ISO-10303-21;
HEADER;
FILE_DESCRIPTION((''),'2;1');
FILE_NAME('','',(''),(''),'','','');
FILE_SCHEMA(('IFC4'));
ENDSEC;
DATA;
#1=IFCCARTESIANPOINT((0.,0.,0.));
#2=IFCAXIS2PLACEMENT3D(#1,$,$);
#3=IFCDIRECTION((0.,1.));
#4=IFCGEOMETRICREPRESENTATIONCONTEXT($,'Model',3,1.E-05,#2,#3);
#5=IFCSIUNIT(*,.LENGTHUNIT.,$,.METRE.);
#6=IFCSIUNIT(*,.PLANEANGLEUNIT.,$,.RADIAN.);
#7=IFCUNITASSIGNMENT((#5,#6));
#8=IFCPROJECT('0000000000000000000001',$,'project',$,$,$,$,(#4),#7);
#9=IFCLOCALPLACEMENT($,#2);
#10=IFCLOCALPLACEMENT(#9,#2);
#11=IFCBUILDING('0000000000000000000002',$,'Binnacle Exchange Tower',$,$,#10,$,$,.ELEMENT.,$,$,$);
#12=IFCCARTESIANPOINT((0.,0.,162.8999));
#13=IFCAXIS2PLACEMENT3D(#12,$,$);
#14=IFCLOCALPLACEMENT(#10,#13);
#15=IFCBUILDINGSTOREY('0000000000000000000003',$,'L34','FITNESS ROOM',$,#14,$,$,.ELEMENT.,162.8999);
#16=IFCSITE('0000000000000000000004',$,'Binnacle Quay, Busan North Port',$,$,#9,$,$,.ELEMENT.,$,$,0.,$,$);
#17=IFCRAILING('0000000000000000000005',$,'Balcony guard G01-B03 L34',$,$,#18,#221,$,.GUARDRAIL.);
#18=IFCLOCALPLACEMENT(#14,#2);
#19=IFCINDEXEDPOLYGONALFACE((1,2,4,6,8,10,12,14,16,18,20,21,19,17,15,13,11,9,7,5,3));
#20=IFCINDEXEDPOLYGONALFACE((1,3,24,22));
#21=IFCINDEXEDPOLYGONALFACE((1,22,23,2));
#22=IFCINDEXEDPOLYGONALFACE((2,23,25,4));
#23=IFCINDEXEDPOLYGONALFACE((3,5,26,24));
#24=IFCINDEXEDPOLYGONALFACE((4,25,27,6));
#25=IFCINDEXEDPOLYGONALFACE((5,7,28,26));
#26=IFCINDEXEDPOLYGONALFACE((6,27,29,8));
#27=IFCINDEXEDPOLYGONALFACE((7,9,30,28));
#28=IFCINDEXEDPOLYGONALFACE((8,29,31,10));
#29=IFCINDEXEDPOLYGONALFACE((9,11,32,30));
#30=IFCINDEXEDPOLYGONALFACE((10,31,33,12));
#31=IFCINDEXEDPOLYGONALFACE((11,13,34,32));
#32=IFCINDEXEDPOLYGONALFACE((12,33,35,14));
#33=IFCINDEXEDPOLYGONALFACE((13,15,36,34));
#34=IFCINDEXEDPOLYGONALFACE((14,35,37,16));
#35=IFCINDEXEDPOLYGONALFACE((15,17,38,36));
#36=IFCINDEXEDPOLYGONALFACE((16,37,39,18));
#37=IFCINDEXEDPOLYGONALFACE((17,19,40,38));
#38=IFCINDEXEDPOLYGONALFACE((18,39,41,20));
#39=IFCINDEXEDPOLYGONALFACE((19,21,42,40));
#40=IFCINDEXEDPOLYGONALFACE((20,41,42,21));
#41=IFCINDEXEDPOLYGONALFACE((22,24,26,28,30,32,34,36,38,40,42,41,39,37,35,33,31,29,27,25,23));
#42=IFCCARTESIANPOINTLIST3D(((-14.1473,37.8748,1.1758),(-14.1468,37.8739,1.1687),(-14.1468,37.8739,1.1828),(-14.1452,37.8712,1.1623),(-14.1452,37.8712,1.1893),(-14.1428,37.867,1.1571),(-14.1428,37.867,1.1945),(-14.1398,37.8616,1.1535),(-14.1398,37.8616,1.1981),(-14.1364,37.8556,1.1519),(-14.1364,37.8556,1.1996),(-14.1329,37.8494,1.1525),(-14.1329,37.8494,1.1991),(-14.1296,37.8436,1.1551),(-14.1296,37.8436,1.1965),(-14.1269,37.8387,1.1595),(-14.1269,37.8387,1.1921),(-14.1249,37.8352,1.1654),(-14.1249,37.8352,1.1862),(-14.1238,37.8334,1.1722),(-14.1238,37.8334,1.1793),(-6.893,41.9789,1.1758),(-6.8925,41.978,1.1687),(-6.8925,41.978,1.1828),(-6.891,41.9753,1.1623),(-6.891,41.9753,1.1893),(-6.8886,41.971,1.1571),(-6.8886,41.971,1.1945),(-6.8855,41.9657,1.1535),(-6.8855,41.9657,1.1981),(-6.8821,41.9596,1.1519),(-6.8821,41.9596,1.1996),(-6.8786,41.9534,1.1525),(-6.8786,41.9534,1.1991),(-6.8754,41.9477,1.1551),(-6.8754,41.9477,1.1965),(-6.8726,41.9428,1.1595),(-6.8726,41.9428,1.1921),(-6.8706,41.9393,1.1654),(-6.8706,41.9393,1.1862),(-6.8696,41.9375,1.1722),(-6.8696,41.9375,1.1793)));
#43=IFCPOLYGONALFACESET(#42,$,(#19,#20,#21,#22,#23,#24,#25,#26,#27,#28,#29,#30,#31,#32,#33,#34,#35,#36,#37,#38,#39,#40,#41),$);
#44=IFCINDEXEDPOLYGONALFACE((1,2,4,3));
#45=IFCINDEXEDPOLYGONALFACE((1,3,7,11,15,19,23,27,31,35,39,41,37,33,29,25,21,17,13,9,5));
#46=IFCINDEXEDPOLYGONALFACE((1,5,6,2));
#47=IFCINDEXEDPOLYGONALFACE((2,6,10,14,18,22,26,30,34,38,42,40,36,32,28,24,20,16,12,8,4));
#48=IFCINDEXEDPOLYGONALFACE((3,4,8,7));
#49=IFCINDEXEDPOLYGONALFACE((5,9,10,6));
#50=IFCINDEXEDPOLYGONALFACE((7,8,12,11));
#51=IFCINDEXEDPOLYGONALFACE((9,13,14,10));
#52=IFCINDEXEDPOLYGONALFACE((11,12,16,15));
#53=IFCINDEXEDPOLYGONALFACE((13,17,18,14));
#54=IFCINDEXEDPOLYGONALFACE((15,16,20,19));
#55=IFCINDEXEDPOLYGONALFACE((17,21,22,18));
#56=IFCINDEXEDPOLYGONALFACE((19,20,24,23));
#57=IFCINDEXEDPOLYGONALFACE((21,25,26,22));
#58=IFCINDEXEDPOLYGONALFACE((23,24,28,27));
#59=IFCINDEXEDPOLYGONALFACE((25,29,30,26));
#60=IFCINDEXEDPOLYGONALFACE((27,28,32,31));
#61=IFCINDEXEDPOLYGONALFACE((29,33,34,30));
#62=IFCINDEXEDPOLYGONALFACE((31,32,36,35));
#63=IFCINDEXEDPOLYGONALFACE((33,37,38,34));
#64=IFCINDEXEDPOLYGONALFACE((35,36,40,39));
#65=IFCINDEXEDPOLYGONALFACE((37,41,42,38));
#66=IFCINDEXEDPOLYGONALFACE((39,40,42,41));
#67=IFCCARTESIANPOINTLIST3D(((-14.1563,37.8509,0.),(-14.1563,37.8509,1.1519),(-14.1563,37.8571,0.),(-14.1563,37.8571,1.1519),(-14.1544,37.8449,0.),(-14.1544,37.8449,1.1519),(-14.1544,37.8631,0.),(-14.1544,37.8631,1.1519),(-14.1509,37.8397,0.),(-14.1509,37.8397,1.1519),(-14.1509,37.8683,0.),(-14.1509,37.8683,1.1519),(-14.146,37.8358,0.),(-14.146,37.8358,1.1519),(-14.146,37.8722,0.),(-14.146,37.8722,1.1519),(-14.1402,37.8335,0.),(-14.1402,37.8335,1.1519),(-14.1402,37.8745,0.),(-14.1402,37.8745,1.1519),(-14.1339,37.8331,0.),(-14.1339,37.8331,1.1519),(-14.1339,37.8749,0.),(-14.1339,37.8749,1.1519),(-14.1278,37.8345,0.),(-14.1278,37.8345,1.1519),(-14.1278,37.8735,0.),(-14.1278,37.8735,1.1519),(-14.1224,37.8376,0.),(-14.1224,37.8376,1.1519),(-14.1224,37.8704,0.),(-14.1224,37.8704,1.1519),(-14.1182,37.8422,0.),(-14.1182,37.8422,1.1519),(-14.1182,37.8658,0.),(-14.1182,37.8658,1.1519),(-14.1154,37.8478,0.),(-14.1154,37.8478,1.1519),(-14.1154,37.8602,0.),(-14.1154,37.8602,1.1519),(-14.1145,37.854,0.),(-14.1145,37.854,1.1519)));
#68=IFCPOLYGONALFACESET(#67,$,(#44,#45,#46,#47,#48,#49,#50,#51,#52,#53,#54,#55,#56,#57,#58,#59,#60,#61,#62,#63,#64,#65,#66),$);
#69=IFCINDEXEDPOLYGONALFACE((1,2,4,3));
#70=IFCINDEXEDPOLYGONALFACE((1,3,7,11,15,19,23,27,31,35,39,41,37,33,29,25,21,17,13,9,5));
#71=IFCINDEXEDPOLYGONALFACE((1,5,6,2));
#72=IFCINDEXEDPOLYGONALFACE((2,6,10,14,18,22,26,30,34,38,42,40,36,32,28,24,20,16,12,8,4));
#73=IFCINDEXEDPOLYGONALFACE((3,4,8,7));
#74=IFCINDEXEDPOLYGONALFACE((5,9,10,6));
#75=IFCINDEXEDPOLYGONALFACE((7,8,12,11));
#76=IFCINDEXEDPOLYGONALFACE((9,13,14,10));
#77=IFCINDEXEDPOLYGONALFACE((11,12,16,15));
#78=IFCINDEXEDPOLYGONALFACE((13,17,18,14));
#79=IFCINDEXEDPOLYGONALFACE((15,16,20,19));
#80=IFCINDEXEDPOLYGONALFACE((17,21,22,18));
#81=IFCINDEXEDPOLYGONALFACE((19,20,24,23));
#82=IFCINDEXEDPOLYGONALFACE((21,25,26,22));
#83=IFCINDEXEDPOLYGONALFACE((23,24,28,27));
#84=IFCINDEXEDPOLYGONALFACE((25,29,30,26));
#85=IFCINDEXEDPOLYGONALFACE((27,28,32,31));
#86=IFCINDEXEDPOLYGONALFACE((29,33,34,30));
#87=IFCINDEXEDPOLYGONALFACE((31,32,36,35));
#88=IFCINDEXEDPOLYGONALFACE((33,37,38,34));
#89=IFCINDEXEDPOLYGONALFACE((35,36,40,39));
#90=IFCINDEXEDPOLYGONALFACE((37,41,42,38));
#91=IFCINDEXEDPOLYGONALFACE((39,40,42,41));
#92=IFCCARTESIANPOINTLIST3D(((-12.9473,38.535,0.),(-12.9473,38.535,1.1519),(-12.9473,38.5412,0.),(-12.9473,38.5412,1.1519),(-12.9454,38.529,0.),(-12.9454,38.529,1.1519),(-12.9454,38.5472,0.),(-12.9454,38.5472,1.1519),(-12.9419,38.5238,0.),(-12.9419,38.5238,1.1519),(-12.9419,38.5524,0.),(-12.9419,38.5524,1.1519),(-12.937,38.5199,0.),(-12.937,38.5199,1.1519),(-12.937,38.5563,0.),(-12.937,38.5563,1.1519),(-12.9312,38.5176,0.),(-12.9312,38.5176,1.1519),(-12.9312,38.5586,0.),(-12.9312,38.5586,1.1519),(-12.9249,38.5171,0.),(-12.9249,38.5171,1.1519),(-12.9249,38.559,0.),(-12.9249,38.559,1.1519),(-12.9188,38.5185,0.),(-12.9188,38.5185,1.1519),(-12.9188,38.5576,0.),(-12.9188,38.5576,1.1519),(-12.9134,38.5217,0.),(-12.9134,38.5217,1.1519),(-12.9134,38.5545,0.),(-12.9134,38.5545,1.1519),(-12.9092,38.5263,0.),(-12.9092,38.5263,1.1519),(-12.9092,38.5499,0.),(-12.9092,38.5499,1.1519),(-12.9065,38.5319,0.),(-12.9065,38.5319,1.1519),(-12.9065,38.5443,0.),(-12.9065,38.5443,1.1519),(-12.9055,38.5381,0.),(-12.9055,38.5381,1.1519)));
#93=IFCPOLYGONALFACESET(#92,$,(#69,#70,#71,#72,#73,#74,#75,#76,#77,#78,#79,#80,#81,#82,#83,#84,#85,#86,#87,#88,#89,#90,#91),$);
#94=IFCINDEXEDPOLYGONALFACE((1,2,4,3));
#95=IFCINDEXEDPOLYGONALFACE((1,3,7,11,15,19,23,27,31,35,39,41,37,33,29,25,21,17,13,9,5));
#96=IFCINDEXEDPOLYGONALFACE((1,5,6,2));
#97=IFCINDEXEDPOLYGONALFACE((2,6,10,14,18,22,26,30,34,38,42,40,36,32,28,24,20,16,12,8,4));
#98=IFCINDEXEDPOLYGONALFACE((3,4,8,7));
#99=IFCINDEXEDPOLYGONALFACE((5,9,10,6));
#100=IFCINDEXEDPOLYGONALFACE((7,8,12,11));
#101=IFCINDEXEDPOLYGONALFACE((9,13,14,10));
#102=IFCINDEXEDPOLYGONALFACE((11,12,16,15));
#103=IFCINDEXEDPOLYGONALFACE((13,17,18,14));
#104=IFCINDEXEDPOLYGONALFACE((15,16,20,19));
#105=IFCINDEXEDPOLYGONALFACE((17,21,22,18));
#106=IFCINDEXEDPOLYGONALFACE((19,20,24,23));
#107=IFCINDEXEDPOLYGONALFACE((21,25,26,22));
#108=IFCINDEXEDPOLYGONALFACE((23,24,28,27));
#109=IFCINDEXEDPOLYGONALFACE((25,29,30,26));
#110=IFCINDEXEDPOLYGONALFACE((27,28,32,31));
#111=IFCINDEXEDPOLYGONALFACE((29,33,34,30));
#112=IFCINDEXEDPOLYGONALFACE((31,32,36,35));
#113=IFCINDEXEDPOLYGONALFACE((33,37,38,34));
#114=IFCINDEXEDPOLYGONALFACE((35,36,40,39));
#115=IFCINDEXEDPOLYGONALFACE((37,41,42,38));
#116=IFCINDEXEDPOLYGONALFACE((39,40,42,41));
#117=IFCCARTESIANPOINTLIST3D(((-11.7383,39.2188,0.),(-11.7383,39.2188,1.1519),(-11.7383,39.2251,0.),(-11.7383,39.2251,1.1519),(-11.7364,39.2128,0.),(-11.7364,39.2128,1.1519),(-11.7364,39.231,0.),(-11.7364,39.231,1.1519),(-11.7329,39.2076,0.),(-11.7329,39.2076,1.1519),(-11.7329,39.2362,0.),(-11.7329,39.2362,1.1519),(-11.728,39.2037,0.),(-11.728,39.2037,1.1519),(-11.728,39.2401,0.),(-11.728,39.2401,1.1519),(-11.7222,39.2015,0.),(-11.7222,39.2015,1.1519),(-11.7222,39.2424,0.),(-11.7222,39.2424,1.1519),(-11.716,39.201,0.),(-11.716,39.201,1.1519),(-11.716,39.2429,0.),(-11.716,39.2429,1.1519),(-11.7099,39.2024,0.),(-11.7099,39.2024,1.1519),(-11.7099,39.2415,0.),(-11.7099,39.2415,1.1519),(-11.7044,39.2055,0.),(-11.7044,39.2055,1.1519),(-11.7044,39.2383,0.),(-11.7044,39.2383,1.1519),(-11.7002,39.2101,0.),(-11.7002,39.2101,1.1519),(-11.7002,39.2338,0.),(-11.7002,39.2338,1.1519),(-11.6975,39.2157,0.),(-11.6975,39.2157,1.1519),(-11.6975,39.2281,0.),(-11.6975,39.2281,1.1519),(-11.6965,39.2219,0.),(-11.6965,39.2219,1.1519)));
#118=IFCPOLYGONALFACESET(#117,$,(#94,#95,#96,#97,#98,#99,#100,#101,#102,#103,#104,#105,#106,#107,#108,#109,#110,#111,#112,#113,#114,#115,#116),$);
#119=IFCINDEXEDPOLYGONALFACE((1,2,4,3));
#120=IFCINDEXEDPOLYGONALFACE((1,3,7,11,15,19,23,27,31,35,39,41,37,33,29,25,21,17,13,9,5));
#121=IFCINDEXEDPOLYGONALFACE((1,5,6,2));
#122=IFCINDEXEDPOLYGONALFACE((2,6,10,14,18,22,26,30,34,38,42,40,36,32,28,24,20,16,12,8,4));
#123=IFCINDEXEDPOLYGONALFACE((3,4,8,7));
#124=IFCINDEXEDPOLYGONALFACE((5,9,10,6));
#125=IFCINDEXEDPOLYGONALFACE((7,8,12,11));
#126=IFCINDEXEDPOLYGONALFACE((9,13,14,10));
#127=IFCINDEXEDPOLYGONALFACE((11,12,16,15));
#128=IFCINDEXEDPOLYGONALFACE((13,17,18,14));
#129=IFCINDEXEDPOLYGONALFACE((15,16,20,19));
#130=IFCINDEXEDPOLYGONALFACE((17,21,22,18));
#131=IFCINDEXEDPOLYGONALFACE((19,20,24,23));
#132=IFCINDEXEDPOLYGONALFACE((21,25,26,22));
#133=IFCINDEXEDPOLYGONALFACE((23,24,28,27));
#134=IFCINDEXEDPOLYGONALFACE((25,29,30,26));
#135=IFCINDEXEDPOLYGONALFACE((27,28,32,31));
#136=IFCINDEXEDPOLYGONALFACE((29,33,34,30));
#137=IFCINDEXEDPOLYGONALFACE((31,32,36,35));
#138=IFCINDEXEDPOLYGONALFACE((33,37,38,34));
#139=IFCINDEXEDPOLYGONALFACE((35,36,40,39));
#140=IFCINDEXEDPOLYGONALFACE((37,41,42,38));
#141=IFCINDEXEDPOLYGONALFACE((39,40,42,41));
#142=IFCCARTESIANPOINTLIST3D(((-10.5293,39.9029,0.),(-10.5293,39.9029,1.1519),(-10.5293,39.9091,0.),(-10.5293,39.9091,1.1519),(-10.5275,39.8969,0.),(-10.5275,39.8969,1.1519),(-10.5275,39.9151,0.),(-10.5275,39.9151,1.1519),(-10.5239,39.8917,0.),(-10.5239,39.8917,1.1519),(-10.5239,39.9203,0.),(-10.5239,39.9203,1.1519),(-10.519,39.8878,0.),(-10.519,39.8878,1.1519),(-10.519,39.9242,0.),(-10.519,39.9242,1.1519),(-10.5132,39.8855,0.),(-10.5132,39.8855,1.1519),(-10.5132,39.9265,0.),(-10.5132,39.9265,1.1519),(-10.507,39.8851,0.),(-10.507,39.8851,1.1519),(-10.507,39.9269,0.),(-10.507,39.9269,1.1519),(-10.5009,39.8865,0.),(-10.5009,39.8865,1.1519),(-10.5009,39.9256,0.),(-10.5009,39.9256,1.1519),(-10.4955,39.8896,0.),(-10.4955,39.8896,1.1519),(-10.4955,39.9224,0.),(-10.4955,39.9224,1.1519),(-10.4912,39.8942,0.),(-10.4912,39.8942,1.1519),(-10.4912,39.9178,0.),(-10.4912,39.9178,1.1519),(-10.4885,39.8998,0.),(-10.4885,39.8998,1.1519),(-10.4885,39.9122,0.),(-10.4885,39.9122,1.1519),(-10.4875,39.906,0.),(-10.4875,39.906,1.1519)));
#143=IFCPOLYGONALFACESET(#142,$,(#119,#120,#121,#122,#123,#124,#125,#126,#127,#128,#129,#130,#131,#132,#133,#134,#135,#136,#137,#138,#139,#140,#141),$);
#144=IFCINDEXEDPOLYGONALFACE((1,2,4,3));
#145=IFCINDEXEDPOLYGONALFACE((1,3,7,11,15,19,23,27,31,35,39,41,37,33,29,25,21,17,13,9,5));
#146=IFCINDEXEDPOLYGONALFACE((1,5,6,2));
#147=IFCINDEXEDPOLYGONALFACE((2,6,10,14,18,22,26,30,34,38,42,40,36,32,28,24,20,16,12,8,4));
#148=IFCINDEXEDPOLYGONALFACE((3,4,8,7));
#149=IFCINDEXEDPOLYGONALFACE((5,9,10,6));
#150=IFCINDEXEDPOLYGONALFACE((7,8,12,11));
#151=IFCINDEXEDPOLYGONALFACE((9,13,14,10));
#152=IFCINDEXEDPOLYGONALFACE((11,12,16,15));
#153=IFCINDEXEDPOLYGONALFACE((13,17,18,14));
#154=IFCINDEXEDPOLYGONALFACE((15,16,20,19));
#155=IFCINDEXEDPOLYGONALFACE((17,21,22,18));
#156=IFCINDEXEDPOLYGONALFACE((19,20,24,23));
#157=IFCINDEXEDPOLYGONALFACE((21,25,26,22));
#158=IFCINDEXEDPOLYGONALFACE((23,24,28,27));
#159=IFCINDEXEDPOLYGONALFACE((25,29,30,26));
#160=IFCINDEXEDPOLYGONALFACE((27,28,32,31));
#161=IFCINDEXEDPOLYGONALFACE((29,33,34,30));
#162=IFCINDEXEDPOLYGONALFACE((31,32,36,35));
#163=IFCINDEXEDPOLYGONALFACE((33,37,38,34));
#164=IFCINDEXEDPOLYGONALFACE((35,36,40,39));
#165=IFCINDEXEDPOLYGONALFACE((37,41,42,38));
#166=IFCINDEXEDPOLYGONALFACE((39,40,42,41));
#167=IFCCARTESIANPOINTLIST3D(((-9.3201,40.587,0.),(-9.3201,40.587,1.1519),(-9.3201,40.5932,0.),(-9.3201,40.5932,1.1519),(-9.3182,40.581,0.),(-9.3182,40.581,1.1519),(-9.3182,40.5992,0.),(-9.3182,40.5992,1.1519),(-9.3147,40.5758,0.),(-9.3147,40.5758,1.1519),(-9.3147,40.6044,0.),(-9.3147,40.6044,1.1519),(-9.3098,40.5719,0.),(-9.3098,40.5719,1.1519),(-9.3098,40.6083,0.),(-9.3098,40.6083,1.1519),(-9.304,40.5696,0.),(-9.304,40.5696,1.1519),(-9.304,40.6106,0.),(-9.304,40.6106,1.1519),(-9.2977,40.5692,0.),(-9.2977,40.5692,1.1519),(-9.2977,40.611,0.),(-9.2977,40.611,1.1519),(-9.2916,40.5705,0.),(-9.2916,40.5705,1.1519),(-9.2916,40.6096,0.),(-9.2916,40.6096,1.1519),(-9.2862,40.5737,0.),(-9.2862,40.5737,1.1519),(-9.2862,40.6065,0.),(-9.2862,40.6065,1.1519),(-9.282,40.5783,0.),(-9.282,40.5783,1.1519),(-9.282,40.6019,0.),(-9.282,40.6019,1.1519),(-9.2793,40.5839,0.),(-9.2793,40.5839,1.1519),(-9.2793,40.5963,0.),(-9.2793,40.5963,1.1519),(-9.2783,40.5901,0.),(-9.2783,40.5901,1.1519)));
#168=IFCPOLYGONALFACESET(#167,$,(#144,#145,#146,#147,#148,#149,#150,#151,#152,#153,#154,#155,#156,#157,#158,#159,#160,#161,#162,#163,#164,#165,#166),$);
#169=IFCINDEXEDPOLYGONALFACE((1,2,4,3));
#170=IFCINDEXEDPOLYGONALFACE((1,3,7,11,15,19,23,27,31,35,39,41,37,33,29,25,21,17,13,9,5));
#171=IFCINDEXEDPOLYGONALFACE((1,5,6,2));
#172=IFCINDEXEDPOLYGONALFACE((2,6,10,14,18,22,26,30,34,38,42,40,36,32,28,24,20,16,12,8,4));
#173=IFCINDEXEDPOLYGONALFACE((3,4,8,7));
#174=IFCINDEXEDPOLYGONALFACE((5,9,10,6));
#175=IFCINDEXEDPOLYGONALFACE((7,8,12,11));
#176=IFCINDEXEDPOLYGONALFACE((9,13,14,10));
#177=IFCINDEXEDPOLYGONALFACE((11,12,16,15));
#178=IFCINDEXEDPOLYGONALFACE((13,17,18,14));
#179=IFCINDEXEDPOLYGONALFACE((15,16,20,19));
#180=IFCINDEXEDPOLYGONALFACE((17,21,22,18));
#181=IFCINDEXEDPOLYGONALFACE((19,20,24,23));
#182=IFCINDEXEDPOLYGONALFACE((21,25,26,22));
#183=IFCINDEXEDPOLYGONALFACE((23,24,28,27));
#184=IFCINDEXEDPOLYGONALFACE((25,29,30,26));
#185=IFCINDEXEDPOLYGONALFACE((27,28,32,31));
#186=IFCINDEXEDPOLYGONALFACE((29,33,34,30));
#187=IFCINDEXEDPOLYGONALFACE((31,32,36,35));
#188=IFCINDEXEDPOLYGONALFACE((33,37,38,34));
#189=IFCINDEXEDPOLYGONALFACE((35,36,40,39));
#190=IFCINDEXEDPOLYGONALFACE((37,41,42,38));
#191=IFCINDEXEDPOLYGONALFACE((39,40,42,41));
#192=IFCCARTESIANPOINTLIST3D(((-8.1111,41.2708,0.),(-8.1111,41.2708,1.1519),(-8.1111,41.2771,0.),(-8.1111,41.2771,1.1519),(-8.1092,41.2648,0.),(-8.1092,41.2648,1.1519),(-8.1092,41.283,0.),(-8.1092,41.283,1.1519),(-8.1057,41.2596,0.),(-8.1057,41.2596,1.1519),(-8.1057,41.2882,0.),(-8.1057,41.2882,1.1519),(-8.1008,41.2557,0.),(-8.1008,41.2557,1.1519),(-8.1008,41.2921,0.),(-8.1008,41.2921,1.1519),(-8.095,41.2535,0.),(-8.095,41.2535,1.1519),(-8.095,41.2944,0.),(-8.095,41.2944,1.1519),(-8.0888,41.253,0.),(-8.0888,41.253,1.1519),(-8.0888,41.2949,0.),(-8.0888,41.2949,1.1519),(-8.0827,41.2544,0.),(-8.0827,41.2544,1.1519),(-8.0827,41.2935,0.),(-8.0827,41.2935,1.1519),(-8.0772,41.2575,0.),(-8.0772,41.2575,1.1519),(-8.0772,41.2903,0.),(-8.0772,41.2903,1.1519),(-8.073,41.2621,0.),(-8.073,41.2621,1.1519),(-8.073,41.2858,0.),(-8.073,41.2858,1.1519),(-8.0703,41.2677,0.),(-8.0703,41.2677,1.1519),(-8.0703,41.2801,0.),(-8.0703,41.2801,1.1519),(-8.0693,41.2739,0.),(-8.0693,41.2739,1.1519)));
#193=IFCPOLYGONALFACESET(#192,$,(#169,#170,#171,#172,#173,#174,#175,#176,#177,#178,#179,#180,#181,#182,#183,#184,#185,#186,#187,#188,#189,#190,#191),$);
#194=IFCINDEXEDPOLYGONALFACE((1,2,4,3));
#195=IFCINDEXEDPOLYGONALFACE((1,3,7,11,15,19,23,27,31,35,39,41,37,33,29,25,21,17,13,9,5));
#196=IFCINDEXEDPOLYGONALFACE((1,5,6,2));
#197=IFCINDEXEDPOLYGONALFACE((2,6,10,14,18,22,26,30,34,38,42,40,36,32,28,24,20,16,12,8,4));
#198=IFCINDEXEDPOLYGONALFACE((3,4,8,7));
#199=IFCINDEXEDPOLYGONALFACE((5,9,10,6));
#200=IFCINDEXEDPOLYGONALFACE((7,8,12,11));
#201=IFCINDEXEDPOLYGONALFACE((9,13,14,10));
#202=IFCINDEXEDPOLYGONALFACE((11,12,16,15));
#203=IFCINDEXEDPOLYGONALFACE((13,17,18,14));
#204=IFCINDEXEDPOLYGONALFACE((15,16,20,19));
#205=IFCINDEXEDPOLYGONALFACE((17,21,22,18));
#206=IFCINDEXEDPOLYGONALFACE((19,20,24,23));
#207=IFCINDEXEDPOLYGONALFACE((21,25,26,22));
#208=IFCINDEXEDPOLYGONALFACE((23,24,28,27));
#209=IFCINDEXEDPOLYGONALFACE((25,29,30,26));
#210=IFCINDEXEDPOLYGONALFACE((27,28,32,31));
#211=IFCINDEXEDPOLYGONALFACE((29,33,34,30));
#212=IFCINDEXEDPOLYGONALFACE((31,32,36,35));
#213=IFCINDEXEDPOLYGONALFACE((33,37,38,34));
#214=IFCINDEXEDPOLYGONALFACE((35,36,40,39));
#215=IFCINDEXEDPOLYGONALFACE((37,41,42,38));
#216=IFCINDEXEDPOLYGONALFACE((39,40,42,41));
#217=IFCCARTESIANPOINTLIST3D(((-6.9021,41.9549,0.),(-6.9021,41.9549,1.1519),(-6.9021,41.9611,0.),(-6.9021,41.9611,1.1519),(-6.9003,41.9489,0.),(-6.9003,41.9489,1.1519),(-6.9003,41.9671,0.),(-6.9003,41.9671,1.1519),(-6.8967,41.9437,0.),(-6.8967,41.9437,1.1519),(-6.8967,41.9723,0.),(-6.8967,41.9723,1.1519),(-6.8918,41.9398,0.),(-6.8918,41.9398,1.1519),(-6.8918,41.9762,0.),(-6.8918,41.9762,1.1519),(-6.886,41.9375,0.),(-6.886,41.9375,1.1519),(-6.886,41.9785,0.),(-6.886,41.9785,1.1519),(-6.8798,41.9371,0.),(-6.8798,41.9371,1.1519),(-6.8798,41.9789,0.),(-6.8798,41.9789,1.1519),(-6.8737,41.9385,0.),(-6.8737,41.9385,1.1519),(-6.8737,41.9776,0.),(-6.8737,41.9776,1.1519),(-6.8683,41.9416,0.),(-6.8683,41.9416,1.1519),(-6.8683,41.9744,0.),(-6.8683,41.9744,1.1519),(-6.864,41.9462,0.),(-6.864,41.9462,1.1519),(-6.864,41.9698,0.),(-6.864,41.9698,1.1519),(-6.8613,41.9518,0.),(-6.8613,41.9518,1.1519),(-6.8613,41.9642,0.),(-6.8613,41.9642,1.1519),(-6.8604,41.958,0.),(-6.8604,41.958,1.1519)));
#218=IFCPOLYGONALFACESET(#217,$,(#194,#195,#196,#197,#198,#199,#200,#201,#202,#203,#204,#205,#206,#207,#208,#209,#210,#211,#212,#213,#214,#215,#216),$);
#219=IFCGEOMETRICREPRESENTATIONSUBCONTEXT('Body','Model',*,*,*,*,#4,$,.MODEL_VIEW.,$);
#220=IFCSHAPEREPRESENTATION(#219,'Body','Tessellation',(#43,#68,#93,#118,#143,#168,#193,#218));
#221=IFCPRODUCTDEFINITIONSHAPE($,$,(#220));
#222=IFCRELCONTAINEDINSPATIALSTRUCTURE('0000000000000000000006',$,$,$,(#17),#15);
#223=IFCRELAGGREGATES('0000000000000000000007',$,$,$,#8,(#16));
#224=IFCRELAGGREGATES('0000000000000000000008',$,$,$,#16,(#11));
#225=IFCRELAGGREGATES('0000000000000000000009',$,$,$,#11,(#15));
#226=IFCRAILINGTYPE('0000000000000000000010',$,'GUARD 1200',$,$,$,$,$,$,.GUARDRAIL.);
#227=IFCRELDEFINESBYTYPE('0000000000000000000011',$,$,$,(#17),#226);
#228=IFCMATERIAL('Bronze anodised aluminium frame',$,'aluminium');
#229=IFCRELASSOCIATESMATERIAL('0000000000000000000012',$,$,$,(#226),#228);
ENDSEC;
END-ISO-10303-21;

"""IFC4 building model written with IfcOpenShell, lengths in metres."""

from ifc_helpers import new_model, si_unit, direction, frame, origin, origin_2d, place, context, subcontext, project, spatial, circle, extrude, material, type_object, element, save


model = new_model("IFC4")

# Units and contexts
model_context = context("Model", 3, precision=1e-05, world=origin(), true_north=direction((0.0, 1.0)))
body_context = subcontext(model_context, "Body", "Model", "MODEL_VIEW")
ifc_project = project(units=[si_unit("LENGTHUNIT", "METRE"), si_unit("PLANEANGLEUNIT", "RADIAN")], contexts=[model_context])

# Site, building, storey
site_placement = place(None, origin())
site = spatial("IfcSite", under=ifc_project, at=site_placement, Name="Binnacle Quay, Busan North Port", CompositionType="ELEMENT", RefElevation=0.0)
building_placement = place(site_placement, origin())
building = spatial("IfcBuilding", under=site, at=building_placement, Name="Binnacle Exchange Tower", CompositionType="ELEMENT")
storey_placement = place(building_placement, frame((0.0, 0.0, 162.8999)))
storey = spatial("IfcBuildingStorey", under=building, at=storey_placement, Name="L34", Description="FITNESS ROOM", CompositionType="ELEMENT", Elevation=162.8999)

# Railing
ifc_material_1 = material(Name="Bronze anodised aluminium frame", Category="aluminium")
railing_type_1 = type_object("IfcRailingType", Name="GUARD 1200", PredefinedType="GUARDRAIL", material=ifc_material_1)
railing_1_placement = place(storey_placement, frame((-14.1355, 37.854, 0.0)))
element("IfcRailing", 1, at=railing_1_placement, inside=storey, type_object=railing_type_1, Name="Balcony guard G01-B03 L34", PredefinedType="GUARDRAIL", context=body_context, shape_type="SweptSolid", body=[
    extrude(circle(Radius=0.0239, at=origin_2d()), frame((0.0, 0.0, 1.1758), z_axis=(0.870366, 0.492406, 0.0), x_axis=(-0.492406, 0.870366, 0.0)), (0.0, 0.0, 1.0), 8.3347),
    extrude(circle(Radius=0.021, at=origin_2d()), origin(), (0.0, 0.0, 1.0), 1.1519),
    extrude(circle(Radius=0.021, at=origin_2d()), frame((1.209, 0.6841, 0.0)), (0.0, 0.0, 1.0), 1.1519),
    extrude(circle(Radius=0.021, at=origin_2d()), frame((2.418, 1.3679, 0.0)), (0.0, 0.0, 1.0), 1.1519),
    extrude(circle(Radius=0.021, at=origin_2d()), frame((3.627, 2.052, 0.0)), (0.0, 0.0, 1.0), 1.1519),
    extrude(circle(Radius=0.021, at=origin_2d()), frame((4.8362, 2.7361, 0.0)), (0.0, 0.0, 1.0), 1.1519),
    extrude(circle(Radius=0.021, at=origin_2d()), frame((6.0452, 3.4199, 0.0)), (0.0, 0.0, 1.0), 1.1519),
    extrude(circle(Radius=0.021, at=origin_2d()), frame((7.2542, 4.104, 0.0)), (0.0, 0.0, 1.0), 1.1519),
])

save(model, "model.ifc")
